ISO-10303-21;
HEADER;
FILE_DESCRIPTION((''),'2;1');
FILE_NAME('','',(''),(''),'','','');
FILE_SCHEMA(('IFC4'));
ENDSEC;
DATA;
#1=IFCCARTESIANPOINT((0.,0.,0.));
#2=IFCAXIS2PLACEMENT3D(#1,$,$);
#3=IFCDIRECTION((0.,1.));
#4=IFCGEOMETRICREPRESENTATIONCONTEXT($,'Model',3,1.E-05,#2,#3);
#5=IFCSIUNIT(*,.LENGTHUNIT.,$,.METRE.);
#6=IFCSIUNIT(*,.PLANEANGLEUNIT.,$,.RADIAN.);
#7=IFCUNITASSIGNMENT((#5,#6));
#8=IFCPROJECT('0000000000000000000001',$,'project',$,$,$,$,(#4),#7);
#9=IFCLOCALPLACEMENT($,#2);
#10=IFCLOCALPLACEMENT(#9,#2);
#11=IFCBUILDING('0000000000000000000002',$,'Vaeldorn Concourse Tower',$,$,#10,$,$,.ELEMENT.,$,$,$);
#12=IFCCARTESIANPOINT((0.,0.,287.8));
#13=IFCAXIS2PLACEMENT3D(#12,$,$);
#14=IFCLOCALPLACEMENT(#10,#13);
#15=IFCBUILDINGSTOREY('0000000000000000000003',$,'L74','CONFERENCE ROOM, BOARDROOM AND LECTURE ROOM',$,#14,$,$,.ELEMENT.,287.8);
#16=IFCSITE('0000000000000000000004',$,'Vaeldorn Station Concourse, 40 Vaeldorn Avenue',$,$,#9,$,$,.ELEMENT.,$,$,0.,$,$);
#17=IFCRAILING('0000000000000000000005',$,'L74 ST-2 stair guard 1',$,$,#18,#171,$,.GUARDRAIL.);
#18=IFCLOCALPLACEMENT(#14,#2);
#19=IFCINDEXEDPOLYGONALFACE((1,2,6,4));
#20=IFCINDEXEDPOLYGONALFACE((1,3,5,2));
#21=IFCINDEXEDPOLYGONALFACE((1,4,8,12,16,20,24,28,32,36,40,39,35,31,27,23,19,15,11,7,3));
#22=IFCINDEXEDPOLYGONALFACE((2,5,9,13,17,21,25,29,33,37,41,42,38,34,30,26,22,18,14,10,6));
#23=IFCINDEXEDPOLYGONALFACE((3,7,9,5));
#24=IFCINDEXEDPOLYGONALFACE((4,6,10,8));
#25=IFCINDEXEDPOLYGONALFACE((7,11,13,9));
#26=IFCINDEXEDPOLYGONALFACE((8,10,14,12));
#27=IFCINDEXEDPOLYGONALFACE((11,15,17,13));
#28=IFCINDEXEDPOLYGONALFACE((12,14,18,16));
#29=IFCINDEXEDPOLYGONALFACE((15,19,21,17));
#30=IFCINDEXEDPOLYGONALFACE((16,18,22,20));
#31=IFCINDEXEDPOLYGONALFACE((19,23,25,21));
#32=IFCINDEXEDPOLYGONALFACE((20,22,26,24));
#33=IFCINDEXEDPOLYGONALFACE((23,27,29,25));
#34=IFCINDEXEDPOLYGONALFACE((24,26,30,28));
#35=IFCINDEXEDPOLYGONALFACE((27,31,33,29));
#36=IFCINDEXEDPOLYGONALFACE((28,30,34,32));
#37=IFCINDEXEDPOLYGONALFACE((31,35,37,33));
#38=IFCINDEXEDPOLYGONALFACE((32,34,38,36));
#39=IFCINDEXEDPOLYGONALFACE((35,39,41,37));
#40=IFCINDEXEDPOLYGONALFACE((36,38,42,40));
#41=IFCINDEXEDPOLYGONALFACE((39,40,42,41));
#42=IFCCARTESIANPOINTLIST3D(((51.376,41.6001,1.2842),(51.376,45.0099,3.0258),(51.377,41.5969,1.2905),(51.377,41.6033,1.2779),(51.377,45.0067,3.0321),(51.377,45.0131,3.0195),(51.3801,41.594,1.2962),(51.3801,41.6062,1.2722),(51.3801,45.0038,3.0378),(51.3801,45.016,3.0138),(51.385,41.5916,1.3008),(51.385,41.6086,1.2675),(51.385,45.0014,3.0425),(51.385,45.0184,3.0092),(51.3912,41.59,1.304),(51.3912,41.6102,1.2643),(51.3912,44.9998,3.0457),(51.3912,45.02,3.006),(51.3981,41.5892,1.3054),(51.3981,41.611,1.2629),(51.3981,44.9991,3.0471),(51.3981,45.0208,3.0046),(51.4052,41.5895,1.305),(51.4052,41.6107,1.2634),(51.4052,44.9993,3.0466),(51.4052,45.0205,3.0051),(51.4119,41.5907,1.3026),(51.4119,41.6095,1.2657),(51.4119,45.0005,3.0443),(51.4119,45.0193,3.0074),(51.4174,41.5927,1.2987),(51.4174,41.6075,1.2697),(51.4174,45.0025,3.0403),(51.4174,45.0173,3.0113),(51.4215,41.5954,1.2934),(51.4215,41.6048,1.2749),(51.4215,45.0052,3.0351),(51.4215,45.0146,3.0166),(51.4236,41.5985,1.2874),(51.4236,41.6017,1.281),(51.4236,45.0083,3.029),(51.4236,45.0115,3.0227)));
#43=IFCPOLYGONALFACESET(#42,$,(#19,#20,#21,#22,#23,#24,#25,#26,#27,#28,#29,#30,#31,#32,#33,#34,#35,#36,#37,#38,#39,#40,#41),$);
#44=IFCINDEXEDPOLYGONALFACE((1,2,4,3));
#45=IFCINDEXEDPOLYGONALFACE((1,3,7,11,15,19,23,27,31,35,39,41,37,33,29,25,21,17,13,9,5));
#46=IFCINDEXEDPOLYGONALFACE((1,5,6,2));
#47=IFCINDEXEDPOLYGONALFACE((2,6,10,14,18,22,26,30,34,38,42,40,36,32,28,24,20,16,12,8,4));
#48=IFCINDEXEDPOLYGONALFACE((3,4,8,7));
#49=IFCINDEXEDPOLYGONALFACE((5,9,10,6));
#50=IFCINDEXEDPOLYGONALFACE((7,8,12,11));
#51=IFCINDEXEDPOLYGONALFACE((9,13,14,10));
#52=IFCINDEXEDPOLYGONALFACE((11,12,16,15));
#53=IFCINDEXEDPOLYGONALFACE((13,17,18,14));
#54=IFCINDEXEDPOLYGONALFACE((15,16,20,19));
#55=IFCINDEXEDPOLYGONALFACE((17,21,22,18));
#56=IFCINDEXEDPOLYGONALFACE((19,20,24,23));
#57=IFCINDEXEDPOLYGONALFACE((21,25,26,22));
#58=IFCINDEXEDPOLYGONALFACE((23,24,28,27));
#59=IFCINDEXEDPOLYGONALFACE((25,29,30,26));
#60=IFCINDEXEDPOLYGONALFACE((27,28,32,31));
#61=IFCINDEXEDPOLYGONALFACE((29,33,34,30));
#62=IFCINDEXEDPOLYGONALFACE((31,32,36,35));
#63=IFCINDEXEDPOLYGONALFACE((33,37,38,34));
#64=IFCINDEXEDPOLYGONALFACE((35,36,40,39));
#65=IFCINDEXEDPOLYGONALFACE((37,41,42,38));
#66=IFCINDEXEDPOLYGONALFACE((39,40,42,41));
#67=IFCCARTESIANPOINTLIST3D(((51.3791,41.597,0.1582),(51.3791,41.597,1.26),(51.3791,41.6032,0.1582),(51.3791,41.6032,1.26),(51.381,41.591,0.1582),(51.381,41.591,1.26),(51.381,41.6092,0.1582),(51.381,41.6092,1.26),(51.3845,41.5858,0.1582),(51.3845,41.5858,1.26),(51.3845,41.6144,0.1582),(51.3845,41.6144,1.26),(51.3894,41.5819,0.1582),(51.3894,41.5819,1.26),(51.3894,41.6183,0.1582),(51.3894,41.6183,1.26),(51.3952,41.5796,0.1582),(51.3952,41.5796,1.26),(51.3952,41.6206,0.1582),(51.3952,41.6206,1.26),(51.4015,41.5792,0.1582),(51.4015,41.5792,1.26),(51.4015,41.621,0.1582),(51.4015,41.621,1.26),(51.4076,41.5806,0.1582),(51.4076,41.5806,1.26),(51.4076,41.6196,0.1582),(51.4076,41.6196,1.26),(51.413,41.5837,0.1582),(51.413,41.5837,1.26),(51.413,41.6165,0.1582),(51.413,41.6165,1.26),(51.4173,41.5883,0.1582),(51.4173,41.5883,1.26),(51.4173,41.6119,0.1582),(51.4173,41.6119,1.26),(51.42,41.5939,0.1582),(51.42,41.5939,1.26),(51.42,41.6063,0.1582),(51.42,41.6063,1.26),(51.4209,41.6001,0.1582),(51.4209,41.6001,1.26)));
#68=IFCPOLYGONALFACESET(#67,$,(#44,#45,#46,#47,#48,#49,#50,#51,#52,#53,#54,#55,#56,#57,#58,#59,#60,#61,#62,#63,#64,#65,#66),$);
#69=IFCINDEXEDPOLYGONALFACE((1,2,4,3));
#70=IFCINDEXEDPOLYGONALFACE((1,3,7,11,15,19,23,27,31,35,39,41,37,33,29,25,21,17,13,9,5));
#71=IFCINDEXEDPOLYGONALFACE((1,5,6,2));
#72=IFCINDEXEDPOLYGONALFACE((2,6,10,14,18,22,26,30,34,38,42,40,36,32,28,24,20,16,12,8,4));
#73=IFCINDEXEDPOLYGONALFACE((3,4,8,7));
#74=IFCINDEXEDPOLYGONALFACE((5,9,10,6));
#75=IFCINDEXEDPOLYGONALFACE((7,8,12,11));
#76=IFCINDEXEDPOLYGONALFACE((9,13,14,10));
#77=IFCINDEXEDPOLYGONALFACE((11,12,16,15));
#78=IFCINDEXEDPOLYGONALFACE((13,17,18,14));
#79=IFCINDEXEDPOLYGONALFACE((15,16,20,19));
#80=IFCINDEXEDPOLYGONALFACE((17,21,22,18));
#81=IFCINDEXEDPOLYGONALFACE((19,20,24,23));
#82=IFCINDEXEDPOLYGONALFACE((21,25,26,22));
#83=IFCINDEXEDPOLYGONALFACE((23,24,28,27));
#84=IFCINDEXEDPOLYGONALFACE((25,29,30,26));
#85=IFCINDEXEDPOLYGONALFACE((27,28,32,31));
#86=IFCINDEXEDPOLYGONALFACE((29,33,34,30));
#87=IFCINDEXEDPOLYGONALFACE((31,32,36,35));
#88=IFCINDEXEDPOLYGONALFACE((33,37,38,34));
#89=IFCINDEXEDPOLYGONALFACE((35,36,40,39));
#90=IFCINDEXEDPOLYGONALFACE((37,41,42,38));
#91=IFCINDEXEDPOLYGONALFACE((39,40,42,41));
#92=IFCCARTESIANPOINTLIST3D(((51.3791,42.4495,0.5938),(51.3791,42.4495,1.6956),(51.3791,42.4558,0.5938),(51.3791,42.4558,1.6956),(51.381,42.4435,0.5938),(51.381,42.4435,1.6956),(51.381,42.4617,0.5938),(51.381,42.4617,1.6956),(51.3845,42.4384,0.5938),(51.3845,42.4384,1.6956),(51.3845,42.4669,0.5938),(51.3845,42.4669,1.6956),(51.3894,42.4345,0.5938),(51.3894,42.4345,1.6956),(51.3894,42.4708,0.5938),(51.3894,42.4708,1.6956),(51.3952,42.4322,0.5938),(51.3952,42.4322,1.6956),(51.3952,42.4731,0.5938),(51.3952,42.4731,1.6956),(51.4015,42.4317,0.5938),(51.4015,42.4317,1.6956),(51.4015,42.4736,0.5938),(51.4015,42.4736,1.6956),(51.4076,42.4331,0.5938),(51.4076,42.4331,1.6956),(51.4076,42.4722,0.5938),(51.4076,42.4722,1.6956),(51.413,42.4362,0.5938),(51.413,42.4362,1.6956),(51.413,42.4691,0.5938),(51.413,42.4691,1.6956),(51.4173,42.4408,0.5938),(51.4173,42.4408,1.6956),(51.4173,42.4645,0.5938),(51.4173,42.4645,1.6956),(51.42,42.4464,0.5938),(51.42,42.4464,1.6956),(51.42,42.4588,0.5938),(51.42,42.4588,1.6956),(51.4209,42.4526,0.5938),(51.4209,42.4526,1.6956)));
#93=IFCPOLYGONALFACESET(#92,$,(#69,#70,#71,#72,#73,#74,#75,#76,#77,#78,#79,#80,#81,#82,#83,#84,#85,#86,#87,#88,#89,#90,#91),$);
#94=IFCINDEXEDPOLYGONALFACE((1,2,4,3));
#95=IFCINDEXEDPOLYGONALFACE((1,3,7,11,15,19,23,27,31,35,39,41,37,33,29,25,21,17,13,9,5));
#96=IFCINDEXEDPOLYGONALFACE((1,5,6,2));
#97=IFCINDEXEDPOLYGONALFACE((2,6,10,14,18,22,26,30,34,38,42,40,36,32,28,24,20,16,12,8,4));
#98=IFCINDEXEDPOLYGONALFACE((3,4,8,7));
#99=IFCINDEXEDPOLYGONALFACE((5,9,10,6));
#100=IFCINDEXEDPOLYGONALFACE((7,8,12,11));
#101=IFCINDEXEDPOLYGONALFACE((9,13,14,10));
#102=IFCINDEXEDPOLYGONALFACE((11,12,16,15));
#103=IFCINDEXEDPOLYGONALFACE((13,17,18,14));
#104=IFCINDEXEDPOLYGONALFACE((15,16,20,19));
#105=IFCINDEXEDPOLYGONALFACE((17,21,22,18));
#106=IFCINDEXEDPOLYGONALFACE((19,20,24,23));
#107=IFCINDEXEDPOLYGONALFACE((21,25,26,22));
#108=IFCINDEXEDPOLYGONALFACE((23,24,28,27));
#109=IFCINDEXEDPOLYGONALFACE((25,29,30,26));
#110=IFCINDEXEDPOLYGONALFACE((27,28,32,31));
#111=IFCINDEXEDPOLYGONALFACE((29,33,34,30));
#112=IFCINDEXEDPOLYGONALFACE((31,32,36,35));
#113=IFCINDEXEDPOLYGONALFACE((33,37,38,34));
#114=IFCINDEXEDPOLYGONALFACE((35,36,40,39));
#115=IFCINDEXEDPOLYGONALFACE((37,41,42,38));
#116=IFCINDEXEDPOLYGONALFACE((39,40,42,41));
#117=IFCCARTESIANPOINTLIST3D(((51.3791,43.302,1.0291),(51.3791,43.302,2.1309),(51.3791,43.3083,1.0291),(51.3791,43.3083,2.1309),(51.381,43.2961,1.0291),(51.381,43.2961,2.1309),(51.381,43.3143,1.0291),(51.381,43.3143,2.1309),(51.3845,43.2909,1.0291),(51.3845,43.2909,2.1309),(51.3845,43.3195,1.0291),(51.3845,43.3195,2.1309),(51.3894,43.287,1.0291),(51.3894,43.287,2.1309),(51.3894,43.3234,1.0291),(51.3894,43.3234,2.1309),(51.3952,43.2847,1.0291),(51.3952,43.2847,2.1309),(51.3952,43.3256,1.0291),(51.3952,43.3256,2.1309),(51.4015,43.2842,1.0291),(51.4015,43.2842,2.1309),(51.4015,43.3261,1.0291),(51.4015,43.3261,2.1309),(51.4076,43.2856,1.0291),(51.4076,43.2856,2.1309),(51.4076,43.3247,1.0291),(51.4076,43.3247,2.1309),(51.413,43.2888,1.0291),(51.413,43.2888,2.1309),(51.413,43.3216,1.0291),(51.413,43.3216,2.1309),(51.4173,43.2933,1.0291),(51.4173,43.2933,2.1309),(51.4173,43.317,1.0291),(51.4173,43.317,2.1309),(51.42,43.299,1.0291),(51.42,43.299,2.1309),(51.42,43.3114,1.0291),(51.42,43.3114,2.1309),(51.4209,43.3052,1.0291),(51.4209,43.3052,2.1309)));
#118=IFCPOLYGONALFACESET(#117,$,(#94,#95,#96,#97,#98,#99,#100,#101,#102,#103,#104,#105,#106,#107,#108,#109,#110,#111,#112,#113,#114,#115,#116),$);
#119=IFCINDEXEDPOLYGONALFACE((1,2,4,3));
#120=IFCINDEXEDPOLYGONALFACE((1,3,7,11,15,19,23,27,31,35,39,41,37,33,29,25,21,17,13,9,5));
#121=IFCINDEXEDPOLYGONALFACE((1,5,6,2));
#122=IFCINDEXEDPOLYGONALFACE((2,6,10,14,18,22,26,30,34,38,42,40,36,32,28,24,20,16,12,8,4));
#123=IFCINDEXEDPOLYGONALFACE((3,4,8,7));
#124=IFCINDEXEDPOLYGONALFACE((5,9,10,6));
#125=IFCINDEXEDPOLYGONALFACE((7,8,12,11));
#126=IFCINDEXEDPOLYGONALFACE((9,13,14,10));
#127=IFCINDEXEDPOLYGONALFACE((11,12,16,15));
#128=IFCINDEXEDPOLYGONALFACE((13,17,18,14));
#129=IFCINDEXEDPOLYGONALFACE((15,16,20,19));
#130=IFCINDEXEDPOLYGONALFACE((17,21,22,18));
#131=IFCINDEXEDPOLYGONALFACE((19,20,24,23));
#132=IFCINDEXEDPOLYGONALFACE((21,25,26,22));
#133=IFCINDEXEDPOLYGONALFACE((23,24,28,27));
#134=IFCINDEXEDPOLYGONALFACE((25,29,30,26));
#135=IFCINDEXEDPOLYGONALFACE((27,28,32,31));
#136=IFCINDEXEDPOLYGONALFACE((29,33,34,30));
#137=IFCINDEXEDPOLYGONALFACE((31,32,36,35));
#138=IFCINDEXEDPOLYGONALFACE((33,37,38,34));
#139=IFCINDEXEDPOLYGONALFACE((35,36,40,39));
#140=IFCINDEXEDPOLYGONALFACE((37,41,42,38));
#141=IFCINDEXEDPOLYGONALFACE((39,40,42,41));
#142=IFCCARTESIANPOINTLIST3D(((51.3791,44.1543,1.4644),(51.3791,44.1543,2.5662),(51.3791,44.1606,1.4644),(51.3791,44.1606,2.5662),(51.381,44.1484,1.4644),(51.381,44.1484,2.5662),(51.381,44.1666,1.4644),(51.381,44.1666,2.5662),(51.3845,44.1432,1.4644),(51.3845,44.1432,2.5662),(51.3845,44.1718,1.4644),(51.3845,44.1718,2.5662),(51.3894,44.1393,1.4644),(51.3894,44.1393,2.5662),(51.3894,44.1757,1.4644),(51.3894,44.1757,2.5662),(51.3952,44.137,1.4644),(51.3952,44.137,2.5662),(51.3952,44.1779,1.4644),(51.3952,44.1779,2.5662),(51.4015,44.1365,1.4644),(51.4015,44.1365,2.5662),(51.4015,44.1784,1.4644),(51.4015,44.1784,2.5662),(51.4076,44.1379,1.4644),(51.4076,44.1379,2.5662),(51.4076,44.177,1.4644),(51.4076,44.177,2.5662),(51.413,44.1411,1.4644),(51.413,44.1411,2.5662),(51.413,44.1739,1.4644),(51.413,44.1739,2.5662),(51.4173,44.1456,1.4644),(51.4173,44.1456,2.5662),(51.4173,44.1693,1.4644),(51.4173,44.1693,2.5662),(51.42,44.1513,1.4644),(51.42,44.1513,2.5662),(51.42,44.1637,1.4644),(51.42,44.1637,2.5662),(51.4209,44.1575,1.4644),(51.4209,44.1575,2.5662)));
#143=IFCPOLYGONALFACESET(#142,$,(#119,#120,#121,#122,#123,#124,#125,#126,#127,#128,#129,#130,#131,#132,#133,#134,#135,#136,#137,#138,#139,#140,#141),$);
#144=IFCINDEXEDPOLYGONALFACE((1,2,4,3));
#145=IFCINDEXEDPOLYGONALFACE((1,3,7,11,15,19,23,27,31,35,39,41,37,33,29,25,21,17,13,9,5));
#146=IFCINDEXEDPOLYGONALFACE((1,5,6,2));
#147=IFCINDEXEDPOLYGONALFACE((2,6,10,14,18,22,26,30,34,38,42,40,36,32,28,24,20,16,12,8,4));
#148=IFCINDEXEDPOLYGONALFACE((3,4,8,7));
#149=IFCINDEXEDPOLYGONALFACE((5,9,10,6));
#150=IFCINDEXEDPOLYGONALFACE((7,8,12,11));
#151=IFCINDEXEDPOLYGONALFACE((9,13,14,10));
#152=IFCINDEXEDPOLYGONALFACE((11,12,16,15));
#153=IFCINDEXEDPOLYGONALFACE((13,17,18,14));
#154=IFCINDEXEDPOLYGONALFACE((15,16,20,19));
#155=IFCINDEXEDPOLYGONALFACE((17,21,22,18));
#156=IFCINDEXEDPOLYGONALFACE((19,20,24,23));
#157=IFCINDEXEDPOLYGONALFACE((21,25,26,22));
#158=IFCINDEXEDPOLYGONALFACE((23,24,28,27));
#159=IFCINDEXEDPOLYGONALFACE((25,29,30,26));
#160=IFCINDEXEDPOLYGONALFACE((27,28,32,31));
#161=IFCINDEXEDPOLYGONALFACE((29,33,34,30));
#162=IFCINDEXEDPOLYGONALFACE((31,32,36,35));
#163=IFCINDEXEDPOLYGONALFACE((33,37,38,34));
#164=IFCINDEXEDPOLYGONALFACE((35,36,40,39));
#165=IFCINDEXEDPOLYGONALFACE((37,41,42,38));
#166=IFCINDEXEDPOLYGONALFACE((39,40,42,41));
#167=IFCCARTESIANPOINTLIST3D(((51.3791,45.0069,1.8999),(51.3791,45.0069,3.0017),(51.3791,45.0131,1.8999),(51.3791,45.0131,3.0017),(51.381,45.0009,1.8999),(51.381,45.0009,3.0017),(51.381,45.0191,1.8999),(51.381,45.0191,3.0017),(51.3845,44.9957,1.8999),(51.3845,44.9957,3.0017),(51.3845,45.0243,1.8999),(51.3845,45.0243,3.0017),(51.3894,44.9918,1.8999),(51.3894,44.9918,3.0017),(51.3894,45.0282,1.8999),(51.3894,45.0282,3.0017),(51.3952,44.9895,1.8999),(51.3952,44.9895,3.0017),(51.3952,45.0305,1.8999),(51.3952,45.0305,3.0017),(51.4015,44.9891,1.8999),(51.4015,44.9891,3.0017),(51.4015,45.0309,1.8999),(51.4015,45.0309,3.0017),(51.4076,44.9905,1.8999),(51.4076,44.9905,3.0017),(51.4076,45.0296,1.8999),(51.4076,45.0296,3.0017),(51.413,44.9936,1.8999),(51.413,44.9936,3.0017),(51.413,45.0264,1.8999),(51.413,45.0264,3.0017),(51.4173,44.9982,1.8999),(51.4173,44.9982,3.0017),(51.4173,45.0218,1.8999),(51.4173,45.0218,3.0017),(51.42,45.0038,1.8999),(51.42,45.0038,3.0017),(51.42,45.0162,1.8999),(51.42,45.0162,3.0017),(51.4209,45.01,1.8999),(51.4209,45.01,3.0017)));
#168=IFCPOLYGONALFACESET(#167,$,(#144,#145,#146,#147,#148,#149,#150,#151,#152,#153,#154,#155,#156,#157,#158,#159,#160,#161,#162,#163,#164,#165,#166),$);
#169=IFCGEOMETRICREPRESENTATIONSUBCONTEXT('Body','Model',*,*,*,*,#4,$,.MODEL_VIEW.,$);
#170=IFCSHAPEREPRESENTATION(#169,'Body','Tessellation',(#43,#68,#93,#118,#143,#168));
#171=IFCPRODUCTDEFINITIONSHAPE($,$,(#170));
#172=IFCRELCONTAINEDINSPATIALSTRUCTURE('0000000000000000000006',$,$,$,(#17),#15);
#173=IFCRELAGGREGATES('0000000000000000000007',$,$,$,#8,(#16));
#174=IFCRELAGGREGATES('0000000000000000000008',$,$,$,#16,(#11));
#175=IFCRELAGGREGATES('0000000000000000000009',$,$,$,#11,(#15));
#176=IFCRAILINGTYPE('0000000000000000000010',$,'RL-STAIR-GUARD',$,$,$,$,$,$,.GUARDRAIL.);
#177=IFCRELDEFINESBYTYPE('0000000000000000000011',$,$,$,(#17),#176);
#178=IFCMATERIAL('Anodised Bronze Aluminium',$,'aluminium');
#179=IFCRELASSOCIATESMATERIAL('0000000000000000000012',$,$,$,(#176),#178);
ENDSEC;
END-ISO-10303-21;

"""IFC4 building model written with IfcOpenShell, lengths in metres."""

from ifc_helpers import new_model, si_unit, direction, frame, origin, origin_2d, place, context, subcontext, project, spatial, circle, extrude, material, type_object, element, save


model = new_model("IFC4")

# Units and contexts
model_context = context("Model", 3, precision=1e-05, world=origin(), true_north=direction((0.0, 1.0)))
body_context = subcontext(model_context, "Body", "Model", "MODEL_VIEW")
ifc_project = project(units=[si_unit("LENGTHUNIT", "METRE"), si_unit("PLANEANGLEUNIT", "RADIAN")], contexts=[model_context])

# Site, building, storey
site_placement = place(None, origin())
site = spatial("IfcSite", under=ifc_project, at=site_placement, Name="Vaeldorn Station Concourse, 40 Vaeldorn Avenue", CompositionType="ELEMENT", RefElevation=0.0)
building_placement = place(site_placement, origin())
building = spatial("IfcBuilding", under=site, at=building_placement, Name="Vaeldorn Concourse Tower", CompositionType="ELEMENT")
storey_placement = place(building_placement, frame((0.0, 0.0, 287.8)))
storey = spatial("IfcBuildingStorey", under=building, at=storey_placement, Name="L74", Description="CONFERENCE ROOM, BOARDROOM AND LECTURE ROOM", CompositionType="ELEMENT", Elevation=287.8)

# Shared definitions
ifc_material_1 = material(Name="Anodised Bronze Aluminium", Category="aluminium")

# Railing
railing_type_1 = type_object("IfcRailingType", Name="RL-STAIR-GUARD", PredefinedType="GUARDRAIL", material=ifc_material_1)
railing_1_placement = place(storey_placement, frame((51.3999, 41.6001, 0.1582)))
element("IfcRailing", 1, at=railing_1_placement, inside=storey, type_object=railing_type_1, Name="L74 ST-2 stair guard 1", PredefinedType="GUARDRAIL", context=body_context, shape_type="SweptSolid", body=[
    extrude(circle(Radius=0.0239, at=origin_2d()), frame((0.0, 0.0, 1.126), z_axis=(0.0, 0.890556, 0.454874), x_axis=(-1.0, 0.0, 0.0)), (0.0, 0.0, 1.0), 3.8289),
    extrude(circle(Radius=0.021, at=origin_2d()), origin(), (0.0, 0.0, 1.0), 1.1018),
    extrude(circle(Radius=0.021, at=origin_2d()), frame((0.0, 0.8525, 0.4355)), (0.0, 0.0, 1.0), 1.1018),
    extrude(circle(Radius=0.021, at=origin_2d()), frame((0.0, 1.7051, 0.8708)), (0.0, 0.0, 1.0), 1.1018),
    extrude(circle(Radius=0.021, at=origin_2d()), frame((0.0, 2.5574, 1.3062)), (0.0, 0.0, 1.0), 1.1018),
    extrude(circle(Radius=0.021, at=origin_2d()), frame((0.0, 3.4099, 1.7417)), (0.0, 0.0, 1.0), 1.1018),
])

save(model, "model.ifc")
